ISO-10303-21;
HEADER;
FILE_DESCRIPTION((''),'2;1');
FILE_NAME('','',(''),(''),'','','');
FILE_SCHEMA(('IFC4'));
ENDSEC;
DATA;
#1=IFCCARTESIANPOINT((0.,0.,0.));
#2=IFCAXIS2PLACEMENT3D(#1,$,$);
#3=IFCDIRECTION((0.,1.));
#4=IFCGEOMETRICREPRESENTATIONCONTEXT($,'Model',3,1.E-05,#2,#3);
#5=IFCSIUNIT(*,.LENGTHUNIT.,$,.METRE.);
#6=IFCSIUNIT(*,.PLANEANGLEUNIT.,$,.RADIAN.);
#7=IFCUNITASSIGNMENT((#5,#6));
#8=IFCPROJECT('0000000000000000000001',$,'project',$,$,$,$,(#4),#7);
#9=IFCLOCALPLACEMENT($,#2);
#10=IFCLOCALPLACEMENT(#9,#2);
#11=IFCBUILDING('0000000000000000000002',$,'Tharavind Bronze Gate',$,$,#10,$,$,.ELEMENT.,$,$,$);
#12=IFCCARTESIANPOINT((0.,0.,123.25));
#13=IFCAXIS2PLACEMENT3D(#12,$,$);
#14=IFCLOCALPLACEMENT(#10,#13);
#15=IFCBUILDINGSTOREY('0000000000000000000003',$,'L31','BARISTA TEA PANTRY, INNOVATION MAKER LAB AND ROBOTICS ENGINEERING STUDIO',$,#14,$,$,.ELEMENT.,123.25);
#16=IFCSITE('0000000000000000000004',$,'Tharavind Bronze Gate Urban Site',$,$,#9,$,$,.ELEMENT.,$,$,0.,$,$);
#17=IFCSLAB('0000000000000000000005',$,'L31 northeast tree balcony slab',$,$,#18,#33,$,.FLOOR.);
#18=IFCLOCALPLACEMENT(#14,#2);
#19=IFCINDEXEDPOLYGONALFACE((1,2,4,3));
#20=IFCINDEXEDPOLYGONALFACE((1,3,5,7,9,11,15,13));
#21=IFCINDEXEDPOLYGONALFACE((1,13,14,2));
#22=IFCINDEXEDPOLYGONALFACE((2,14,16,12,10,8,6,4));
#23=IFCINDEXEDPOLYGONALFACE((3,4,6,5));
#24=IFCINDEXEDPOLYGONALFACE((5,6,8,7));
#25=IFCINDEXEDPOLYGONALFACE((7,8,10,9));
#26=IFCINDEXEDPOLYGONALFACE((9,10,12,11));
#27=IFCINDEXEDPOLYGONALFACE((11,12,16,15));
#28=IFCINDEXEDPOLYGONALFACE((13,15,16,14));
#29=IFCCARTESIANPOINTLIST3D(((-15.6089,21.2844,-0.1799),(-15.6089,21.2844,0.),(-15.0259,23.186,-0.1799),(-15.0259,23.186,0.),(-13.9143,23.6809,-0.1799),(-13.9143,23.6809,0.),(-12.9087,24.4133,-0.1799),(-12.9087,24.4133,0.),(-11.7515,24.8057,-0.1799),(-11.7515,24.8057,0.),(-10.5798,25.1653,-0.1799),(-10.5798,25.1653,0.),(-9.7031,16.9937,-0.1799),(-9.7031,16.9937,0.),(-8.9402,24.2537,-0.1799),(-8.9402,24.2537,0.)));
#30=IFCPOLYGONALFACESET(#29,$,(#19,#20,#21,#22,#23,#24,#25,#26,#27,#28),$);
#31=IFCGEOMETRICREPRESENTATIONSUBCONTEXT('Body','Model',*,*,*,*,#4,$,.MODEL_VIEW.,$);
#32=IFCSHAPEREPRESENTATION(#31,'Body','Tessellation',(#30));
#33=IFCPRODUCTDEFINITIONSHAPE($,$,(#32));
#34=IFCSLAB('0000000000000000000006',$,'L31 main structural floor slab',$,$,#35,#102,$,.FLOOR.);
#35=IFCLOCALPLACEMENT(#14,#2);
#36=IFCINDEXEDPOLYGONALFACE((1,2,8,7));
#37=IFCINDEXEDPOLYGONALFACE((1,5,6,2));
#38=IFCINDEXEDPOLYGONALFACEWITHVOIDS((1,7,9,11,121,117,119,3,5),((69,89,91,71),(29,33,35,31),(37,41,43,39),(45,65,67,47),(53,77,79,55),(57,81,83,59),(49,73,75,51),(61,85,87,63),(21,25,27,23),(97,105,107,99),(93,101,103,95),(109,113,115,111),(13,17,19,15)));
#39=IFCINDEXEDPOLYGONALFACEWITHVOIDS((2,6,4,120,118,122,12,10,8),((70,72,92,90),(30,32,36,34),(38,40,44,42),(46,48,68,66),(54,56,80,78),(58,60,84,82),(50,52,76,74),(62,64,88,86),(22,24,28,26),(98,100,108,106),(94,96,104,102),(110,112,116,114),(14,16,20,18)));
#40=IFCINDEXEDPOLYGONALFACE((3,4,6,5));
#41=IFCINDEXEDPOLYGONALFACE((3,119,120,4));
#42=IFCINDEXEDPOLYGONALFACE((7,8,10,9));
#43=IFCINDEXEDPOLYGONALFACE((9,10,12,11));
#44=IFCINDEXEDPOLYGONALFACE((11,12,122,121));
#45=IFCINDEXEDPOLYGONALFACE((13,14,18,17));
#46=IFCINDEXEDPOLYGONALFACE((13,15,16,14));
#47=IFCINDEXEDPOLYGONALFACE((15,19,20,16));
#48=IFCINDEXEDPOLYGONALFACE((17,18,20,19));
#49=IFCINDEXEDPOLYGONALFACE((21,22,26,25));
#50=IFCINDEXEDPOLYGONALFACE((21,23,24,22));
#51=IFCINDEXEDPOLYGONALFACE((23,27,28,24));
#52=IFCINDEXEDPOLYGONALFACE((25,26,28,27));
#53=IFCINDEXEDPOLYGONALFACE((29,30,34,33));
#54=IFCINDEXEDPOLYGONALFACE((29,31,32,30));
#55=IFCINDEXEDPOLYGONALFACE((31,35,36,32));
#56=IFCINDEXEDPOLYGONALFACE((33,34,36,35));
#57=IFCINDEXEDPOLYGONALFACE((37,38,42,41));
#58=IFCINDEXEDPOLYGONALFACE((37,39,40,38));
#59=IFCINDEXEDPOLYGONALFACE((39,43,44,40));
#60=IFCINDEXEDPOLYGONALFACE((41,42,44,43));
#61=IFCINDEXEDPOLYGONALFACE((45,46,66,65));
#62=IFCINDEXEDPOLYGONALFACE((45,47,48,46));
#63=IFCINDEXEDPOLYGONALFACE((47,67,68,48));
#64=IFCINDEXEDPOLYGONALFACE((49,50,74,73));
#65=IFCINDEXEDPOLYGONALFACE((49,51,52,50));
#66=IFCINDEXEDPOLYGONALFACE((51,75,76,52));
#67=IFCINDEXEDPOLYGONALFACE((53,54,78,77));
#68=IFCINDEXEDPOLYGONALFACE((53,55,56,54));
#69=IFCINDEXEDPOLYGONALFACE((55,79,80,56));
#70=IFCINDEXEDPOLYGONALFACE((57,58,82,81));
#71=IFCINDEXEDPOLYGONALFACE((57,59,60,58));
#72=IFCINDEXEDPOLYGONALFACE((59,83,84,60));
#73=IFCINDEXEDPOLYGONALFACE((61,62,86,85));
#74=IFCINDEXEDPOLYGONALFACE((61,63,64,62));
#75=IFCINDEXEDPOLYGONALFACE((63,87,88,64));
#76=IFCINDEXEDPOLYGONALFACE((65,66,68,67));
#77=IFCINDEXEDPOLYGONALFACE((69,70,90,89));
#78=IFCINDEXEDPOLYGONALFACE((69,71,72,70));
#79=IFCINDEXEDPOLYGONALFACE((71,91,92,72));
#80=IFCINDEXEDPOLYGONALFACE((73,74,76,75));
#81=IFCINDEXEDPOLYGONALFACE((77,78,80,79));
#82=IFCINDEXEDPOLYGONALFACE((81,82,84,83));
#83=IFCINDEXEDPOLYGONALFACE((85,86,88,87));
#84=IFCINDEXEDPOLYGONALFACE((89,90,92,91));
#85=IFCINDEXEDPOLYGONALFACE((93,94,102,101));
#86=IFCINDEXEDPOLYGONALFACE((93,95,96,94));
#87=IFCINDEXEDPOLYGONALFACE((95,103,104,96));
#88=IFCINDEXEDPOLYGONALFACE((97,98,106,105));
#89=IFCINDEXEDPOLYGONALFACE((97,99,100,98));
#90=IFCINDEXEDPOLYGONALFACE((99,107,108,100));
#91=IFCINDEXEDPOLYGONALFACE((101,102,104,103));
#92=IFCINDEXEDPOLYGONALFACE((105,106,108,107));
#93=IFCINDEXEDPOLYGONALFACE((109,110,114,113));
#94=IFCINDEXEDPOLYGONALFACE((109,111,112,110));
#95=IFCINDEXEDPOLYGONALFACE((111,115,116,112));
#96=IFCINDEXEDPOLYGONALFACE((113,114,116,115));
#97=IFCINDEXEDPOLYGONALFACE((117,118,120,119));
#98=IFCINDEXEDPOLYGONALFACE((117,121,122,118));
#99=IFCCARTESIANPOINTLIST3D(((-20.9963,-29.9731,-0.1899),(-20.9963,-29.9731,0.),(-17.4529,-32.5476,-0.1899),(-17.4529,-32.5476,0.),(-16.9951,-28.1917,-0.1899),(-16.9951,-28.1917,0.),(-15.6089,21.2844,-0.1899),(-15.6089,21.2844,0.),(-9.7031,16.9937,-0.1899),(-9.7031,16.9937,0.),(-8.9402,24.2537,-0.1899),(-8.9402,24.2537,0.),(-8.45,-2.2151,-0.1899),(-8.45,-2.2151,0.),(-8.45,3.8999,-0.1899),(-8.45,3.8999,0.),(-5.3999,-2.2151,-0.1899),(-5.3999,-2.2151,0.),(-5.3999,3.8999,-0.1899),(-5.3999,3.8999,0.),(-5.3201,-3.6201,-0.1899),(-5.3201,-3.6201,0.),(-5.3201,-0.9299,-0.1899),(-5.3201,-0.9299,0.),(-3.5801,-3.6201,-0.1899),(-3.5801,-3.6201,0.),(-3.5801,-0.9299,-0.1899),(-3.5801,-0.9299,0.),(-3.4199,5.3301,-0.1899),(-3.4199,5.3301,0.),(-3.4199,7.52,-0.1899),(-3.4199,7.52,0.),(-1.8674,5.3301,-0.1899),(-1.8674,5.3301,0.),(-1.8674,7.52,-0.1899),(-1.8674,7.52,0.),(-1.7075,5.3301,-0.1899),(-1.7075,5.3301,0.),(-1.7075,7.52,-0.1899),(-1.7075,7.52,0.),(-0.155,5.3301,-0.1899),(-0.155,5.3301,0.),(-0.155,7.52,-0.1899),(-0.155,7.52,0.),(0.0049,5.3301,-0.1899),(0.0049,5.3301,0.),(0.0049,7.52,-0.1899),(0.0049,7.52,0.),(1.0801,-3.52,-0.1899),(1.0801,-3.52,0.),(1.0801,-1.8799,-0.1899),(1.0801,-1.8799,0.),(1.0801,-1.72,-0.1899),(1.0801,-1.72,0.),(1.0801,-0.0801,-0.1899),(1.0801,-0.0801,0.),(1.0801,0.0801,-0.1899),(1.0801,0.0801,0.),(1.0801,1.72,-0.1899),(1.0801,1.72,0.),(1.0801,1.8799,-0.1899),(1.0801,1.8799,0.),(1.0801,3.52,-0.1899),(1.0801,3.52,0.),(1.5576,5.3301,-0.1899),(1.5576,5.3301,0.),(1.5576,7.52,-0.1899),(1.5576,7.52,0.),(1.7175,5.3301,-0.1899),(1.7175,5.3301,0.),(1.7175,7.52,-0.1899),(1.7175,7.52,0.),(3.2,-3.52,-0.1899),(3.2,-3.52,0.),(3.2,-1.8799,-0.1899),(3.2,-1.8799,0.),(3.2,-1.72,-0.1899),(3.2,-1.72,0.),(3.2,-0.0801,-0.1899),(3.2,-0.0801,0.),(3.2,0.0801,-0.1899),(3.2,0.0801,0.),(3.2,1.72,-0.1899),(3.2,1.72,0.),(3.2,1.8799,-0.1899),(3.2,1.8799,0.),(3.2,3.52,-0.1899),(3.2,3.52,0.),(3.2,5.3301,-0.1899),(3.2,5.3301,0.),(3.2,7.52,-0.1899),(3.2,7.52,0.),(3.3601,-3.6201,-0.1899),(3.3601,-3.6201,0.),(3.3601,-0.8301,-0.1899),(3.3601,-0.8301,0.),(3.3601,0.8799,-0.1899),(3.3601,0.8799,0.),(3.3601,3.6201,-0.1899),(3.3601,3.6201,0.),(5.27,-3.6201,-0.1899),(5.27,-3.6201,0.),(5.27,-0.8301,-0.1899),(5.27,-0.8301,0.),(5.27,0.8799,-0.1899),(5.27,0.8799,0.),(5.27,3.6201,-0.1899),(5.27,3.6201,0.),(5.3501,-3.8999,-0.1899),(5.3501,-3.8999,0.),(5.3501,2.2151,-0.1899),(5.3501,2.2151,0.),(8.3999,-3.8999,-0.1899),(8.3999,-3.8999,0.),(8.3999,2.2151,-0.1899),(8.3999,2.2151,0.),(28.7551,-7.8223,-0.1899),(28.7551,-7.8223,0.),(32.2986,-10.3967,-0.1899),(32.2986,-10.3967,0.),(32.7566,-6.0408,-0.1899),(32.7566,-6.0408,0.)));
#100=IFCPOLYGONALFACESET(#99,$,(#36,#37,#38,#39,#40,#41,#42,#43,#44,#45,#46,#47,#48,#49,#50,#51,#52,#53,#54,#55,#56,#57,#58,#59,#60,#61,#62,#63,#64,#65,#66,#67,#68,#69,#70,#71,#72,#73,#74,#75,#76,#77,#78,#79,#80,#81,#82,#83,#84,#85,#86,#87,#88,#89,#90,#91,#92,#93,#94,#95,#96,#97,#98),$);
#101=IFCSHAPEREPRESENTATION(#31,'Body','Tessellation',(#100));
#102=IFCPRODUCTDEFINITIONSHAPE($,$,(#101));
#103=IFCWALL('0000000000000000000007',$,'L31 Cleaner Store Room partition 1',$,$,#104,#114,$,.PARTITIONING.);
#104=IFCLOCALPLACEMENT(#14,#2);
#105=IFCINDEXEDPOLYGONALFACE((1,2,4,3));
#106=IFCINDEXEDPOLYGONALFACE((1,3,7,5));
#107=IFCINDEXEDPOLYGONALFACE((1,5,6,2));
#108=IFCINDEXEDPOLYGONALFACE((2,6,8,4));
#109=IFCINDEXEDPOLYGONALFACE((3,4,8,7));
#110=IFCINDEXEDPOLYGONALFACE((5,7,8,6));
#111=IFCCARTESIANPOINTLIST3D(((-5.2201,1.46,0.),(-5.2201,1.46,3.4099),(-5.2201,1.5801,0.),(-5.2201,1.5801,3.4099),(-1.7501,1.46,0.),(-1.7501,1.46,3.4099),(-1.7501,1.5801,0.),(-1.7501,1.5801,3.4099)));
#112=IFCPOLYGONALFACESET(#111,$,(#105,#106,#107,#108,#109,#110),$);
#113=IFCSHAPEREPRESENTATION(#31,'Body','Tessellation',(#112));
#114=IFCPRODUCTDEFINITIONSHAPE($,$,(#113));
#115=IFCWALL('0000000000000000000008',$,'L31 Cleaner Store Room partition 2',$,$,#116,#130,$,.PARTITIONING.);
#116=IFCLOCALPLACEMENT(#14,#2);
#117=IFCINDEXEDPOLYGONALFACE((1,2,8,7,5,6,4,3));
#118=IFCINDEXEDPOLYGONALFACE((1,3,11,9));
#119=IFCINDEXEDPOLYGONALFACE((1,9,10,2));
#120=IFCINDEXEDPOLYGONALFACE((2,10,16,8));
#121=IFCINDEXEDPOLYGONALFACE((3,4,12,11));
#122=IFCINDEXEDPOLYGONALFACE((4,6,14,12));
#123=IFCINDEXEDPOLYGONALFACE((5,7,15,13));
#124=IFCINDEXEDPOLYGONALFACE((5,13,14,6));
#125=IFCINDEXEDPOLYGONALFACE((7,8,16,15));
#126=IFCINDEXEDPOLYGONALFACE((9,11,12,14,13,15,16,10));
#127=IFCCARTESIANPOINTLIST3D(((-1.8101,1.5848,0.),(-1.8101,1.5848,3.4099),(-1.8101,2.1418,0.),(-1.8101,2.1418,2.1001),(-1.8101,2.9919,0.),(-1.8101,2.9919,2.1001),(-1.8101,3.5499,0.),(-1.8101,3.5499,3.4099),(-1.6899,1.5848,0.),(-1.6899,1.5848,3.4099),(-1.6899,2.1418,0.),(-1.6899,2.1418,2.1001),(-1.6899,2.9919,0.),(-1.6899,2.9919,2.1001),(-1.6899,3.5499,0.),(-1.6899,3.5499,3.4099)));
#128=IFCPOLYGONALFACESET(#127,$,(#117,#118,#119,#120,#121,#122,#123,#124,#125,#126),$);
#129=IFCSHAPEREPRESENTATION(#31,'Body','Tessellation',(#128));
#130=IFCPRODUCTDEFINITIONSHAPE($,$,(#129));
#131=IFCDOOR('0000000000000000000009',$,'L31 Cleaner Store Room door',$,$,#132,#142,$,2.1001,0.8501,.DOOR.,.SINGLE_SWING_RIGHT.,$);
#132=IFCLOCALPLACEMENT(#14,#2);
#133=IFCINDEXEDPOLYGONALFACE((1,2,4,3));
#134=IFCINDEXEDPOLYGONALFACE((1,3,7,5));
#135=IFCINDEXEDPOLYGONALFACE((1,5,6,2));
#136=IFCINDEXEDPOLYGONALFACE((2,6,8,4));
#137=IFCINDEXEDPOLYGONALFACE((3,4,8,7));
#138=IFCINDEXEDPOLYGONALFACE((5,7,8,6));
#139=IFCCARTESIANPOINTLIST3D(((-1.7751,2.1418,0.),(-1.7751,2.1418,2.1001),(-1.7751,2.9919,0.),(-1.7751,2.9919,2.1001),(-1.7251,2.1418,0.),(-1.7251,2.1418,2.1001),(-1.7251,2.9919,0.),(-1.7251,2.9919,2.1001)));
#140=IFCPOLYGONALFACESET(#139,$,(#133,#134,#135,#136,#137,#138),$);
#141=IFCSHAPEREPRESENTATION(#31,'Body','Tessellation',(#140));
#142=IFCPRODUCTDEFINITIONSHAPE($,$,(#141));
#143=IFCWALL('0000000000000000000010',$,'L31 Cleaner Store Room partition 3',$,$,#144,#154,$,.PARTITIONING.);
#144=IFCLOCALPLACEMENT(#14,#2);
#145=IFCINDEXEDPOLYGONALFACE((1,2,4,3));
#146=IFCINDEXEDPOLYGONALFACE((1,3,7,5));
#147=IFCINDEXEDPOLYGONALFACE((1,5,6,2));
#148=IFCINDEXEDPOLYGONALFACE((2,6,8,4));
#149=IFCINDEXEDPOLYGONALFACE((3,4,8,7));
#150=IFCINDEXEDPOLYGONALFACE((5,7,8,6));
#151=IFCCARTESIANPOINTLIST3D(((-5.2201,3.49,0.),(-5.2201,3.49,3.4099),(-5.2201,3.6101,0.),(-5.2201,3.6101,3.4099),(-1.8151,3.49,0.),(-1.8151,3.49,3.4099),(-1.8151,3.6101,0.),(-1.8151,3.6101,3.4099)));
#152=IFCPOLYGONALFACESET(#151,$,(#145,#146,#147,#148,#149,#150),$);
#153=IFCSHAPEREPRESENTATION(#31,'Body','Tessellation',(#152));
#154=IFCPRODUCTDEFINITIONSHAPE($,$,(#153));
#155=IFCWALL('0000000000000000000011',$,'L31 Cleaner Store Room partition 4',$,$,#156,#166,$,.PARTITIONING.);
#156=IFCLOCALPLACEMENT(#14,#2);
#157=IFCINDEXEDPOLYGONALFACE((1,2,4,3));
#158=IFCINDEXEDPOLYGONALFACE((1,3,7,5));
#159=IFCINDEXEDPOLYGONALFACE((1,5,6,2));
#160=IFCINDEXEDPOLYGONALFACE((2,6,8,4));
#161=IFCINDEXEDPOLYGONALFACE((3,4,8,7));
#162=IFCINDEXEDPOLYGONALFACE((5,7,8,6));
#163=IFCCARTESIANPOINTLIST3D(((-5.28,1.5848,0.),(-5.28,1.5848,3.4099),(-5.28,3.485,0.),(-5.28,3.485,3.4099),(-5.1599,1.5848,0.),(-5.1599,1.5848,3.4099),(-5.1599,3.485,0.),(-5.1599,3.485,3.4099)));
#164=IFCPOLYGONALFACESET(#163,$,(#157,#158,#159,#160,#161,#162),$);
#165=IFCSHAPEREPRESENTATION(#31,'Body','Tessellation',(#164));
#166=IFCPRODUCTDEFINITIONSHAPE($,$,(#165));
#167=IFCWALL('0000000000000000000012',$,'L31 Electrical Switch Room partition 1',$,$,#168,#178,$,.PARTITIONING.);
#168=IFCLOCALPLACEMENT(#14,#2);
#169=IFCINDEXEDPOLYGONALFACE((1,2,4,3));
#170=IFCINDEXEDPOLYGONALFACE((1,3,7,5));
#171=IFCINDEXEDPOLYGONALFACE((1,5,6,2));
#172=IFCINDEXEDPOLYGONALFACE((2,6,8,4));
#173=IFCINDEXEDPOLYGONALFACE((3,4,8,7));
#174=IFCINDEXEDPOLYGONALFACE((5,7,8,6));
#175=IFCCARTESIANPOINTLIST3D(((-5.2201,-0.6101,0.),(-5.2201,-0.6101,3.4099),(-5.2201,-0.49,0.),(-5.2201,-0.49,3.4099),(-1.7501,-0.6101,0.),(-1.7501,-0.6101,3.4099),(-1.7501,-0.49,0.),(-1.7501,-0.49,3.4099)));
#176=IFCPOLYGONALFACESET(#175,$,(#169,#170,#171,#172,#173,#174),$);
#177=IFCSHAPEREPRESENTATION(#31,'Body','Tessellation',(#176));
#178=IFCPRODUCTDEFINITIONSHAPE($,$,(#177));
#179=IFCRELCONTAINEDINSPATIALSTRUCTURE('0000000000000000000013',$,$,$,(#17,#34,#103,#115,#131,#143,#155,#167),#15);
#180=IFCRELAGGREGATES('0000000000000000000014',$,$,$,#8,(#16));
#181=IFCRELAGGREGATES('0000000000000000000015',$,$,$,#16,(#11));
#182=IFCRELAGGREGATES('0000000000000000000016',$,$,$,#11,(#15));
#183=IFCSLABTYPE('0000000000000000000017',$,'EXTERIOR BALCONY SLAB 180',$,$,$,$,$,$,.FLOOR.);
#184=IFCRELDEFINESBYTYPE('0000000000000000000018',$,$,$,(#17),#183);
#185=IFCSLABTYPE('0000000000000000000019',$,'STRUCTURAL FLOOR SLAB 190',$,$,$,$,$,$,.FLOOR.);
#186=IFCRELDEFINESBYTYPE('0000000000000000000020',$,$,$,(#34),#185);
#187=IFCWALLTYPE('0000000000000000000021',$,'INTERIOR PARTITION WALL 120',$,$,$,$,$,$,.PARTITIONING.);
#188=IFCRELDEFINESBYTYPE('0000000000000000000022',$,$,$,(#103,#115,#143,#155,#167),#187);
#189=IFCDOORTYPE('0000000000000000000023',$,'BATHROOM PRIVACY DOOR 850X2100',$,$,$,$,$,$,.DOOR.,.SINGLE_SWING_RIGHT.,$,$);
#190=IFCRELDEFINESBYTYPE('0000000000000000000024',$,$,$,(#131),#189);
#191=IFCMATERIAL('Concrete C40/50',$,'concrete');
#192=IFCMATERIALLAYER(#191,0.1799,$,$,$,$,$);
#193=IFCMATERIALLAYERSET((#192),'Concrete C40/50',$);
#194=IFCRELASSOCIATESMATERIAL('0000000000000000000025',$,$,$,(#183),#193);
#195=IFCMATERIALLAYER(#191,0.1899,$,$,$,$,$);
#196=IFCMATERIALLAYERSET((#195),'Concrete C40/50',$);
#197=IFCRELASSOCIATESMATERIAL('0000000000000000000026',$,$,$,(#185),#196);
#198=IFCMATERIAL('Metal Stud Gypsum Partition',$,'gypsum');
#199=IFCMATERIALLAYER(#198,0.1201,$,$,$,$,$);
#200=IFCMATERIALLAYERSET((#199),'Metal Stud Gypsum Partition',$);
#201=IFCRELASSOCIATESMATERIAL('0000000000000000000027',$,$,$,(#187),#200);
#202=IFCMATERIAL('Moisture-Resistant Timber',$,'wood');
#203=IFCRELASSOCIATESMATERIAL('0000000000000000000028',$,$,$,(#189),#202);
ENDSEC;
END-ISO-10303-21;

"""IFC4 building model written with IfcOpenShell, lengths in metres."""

from ifc_helpers import new_model, si_unit, direction, frame, frame_2d, origin, place, context, subcontext, project, spatial, polyline, rectangle, outline, extrude, material, layer, layer_set, type_object, element, fill, save


model = new_model("IFC4")

# Units and contexts
model_context = context("Model", 3, precision=1e-05, world=origin(), true_north=direction((0.0, 1.0)))
body_context = subcontext(model_context, "Body", "Model", "MODEL_VIEW")
ifc_project = project(units=[si_unit("LENGTHUNIT", "METRE"), si_unit("PLANEANGLEUNIT", "RADIAN")], contexts=[model_context])

# Site, building, storey
site_placement = place(None, origin())
site = spatial("IfcSite", under=ifc_project, at=site_placement, Name="Tharavind Bronze Gate Urban Site", CompositionType="ELEMENT", RefElevation=0.0)
building_placement = place(site_placement, origin())
building = spatial("IfcBuilding", under=site, at=building_placement, Name="Tharavind Bronze Gate", CompositionType="ELEMENT")
storey_placement = place(building_placement, frame((0.0, 0.0, 123.25)))
storey = spatial("IfcBuildingStorey", under=building, at=storey_placement, Name="L31", Description="BARISTA TEA PANTRY, INNOVATION MAKER LAB AND ROBOTICS ENGINEERING STUDIO", CompositionType="ELEMENT", Elevation=123.25)

# Slabs
ifc_material_1 = material(Name="Concrete C40/50", Category="concrete")
ifc_layer_1 = layer(ifc_material_1, 0.1799)
ifc_layer_set_1 = layer_set([ifc_layer_1], Name="Concrete C40/50")
slab_type_1 = type_object("IfcSlabType", Name="EXTERIOR BALCONY SLAB 180", PredefinedType="FLOOR", material=ifc_layer_set_1)
slab_1_placement = place(storey_placement, frame((0.0, 0.0, -0.1799)))
element("IfcSlab", 1, at=slab_1_placement, inside=storey, type_object=slab_type_1, Name="L31 northeast tree balcony slab", PredefinedType="FLOOR", context=body_context, shape_type="SweptSolid", body=[
    extrude(outline(polyline([(-10.5798, 25.1653), (-11.7515, 24.8057), (-12.9087, 24.4133), (-13.9143, 23.6809), (-15.0259, 23.186), (-15.6089, 21.2844), (-9.7031, 16.9937), (-8.9402, 24.2537), (-10.5798, 25.1653)])), origin(), (0.0, 0.0, 1.0), 0.1799),
])
ifc_layer_2 = layer(ifc_material_1, 0.1899)
ifc_layer_set_2 = layer_set([ifc_layer_2], Name="Concrete C40/50")
slab_type_2 = type_object("IfcSlabType", Name="STRUCTURAL FLOOR SLAB 190", PredefinedType="FLOOR", material=ifc_layer_set_2)
slab_2_placement = place(storey_placement, frame((0.0, 0.0, -0.1899)))
element("IfcSlab", 2, at=slab_2_placement, inside=storey, type_object=slab_type_2, Name="L31 main structural floor slab", PredefinedType="FLOOR", context=body_context, shape_type="SweptSolid", body=[
    extrude(outline(polyline([(-8.9402, 24.2537), (-9.7031, 16.9937), (-15.6089, 21.2844), (-20.9963, -29.9731), (-16.9951, -28.1917), (-17.4529, -32.5476), (32.2986, -10.3967), (28.7551, -7.8223), (32.7566, -6.0408), (-8.9402, 24.2537)]), holes=[polyline([(-5.3999, -2.2151), (-5.3999, 3.8999), (-8.45, 3.8999), (-8.45, -2.2151), (-5.3999, -2.2151)]), polyline([(5.3501, 2.2151), (5.3501, -3.8999), (8.3999, -3.8999), (8.3999, 2.2151), (5.3501, 2.2151)]), polyline([(-3.4199, 5.3301), (-1.8674, 5.3301), (-1.8674, 7.52), (-3.4199, 7.52), (-3.4199, 5.3301)]), polyline([(-1.7075, 5.3301), (-0.155, 5.3301), (-0.155, 7.52), (-1.7075, 7.52), (-1.7075, 5.3301)]), polyline([(0.0049, 5.3301), (1.5576, 5.3301), (1.5576, 7.52), (0.0049, 7.52), (0.0049, 5.3301)]), polyline([(1.7175, 5.3301), (3.2, 5.3301), (3.2, 7.52), (1.7175, 7.52), (1.7175, 5.3301)]), polyline([(1.0801, -3.52), (3.2, -3.52), (3.2, -1.8799), (1.0801, -1.8799), (1.0801, -3.52)]), polyline([(1.0801, -1.72), (3.2, -1.72), (3.2, -0.0801), (1.0801, -0.0801), (1.0801, -1.72)]), polyline([(1.0801, 0.0801), (3.2, 0.0801), (3.2, 1.72), (1.0801, 1.72), (1.0801, 0.0801)]), polyline([(1.0801, 1.8799), (3.2, 1.8799), (3.2, 3.52), (1.0801, 3.52), (1.0801, 1.8799)]), polyline([(-5.3201, -3.6201), (-3.5801, -3.6201), (-3.5801, -0.9299), (-5.3201, -0.9299), (-5.3201, -3.6201)]), polyline([(3.3601, 0.8799), (5.27, 0.8799), (5.27, 3.6201), (3.3601, 3.6201), (3.3601, 0.8799)]), polyline([(3.3601, -3.6201), (5.27, -3.6201), (5.27, -0.8301), (3.3601, -0.8301), (3.3601, -3.6201)])]), origin(), (0.0, 0.0, 1.0), 0.1899),
])

# Wall
ifc_material_2 = material(Name="Metal Stud Gypsum Partition", Category="gypsum")
ifc_layer_3 = layer(ifc_material_2, 0.1201)
ifc_layer_set_3 = layer_set([ifc_layer_3], Name="Metal Stud Gypsum Partition")
wall_type_1 = type_object("IfcWallType", Name="INTERIOR PARTITION WALL 120", PredefinedType="PARTITIONING", material=ifc_layer_set_3)
wall_1_placement = place(storey_placement, frame((-5.22, 1.52, 0.0), z_axis=(0.0, 0.0, 1.0), x_axis=(1.0, 0.0, 0.0)))
element("IfcWall", 3, at=wall_1_placement, inside=storey, type_object=wall_type_1, Name="L31 Cleaner Store Room partition 1", PredefinedType="PARTITIONING", context=body_context, shape_type="SweptSolid", body=[
    extrude(rectangle(XDim=3.47, YDim=0.1201, at=frame_2d((1.7349, 0.0))), origin(), (0.0, 0.0, 1.0), 3.4099),
])

# Wall, opening, door
wall_2_placement = place(storey_placement, frame((-1.75, 1.585, 0.0), z_axis=(0.0, 0.0, 1.0), x_axis=(0.0, 1.0, 0.0)))
wall_2 = element("IfcWall", 4, at=wall_2_placement, inside=storey, type_object=wall_type_1, Name="L31 Cleaner Store Room partition 2", PredefinedType="PARTITIONING", context=body_context, shape_type="SweptSolid", body=[
    extrude(rectangle(XDim=1.9651, YDim=0.1201, at=frame_2d((0.9824, 0.0))), origin(), (0.0, 0.0, 1.0), 3.4099),
])
opening_1_placement = place(wall_2_placement, frame((0.5569, 0.0, 0.0)))
opening_1 = element("IfcOpeningElement", 5, at=opening_1_placement, cuts=wall_2, PredefinedType="OPENING", context=body_context, shape_type="SweptSolid", body=[
    extrude(rectangle(XDim=0.8501, YDim=2.1001, at=frame_2d((0.425, 1.05))), frame((0.0, 0.0701, 0.0), z_axis=(0.0, -1.0, 0.0), x_axis=(1.0, 0.0, 0.0)), (0.0, 0.0, 1.0), 0.1401),
])
ifc_material_3 = material(Name="Moisture-Resistant Timber", Category="wood")
door_type_1 = type_object("IfcDoorType", Name="BATHROOM PRIVACY DOOR 850X2100", OperationType="SINGLE_SWING_RIGHT", PredefinedType="DOOR", material=ifc_material_3)
door_1_placement = place(opening_1_placement, frame((0.8501, 0.0, 0.0), z_axis=(0.0, 0.0, 1.0), x_axis=(-1.0, 0.0, 0.0)))
door_1 = element("IfcDoor", 6, at=door_1_placement, inside=storey, type_object=door_type_1, Name="L31 Cleaner Store Room door", OperationType="SINGLE_SWING_RIGHT", OverallHeight=2.1001, OverallWidth=0.8501, PredefinedType="DOOR", context=body_context, shape_type="SweptSolid", body=[
    extrude(rectangle(XDim=0.8501, YDim=2.1001, at=frame_2d((0.425, 1.05))), frame((0.0, 0.0249, 0.0), z_axis=(0.0, -1.0, 0.0), x_axis=(1.0, 0.0, 0.0)), (0.0, 0.0, 1.0), 0.05),
])
fill(opening_1, door_1)

# Walls
wall_3_placement = place(storey_placement, frame((-1.8149, 3.55, 0.0), z_axis=(0.0, 0.0, 1.0), x_axis=(-1.0, 0.0, 0.0)))
element("IfcWall", 7, at=wall_3_placement, inside=storey, type_object=wall_type_1, Name="L31 Cleaner Store Room partition 3", PredefinedType="PARTITIONING", context=body_context, shape_type="SweptSolid", body=[
    extrude(rectangle(XDim=3.405, YDim=0.1201, at=frame_2d((1.7026, 0.0))), origin(), (0.0, 0.0, 1.0), 3.4099),
])
wall_4_placement = place(storey_placement, frame((-5.22, 3.4851, 0.0), z_axis=(0.0, 0.0, 1.0), x_axis=(0.0, -1.0, 0.0)))
element("IfcWall", 8, at=wall_4_placement, inside=storey, type_object=wall_type_1, Name="L31 Cleaner Store Room partition 4", PredefinedType="PARTITIONING", context=body_context, shape_type="SweptSolid", body=[
    extrude(rectangle(XDim=1.9001, YDim=0.1201, at=frame_2d((0.9502, 0.0))), origin(), (0.0, 0.0, 1.0), 3.4099),
])
wall_5_placement = place(storey_placement, frame((-5.22, -0.55, 0.0), z_axis=(0.0, 0.0, 1.0), x_axis=(1.0, 0.0, 0.0)))
element("IfcWall", 9, at=wall_5_placement, inside=storey, type_object=wall_type_1, Name="L31 Electrical Switch Room partition 1", PredefinedType="PARTITIONING", context=body_context, shape_type="SweptSolid", body=[
    extrude(rectangle(XDim=3.47, YDim=0.1201, at=frame_2d((1.7349, 0.0))), origin(), (0.0, 0.0, 1.0), 3.4099),
])

save(model, "model.ifc")
